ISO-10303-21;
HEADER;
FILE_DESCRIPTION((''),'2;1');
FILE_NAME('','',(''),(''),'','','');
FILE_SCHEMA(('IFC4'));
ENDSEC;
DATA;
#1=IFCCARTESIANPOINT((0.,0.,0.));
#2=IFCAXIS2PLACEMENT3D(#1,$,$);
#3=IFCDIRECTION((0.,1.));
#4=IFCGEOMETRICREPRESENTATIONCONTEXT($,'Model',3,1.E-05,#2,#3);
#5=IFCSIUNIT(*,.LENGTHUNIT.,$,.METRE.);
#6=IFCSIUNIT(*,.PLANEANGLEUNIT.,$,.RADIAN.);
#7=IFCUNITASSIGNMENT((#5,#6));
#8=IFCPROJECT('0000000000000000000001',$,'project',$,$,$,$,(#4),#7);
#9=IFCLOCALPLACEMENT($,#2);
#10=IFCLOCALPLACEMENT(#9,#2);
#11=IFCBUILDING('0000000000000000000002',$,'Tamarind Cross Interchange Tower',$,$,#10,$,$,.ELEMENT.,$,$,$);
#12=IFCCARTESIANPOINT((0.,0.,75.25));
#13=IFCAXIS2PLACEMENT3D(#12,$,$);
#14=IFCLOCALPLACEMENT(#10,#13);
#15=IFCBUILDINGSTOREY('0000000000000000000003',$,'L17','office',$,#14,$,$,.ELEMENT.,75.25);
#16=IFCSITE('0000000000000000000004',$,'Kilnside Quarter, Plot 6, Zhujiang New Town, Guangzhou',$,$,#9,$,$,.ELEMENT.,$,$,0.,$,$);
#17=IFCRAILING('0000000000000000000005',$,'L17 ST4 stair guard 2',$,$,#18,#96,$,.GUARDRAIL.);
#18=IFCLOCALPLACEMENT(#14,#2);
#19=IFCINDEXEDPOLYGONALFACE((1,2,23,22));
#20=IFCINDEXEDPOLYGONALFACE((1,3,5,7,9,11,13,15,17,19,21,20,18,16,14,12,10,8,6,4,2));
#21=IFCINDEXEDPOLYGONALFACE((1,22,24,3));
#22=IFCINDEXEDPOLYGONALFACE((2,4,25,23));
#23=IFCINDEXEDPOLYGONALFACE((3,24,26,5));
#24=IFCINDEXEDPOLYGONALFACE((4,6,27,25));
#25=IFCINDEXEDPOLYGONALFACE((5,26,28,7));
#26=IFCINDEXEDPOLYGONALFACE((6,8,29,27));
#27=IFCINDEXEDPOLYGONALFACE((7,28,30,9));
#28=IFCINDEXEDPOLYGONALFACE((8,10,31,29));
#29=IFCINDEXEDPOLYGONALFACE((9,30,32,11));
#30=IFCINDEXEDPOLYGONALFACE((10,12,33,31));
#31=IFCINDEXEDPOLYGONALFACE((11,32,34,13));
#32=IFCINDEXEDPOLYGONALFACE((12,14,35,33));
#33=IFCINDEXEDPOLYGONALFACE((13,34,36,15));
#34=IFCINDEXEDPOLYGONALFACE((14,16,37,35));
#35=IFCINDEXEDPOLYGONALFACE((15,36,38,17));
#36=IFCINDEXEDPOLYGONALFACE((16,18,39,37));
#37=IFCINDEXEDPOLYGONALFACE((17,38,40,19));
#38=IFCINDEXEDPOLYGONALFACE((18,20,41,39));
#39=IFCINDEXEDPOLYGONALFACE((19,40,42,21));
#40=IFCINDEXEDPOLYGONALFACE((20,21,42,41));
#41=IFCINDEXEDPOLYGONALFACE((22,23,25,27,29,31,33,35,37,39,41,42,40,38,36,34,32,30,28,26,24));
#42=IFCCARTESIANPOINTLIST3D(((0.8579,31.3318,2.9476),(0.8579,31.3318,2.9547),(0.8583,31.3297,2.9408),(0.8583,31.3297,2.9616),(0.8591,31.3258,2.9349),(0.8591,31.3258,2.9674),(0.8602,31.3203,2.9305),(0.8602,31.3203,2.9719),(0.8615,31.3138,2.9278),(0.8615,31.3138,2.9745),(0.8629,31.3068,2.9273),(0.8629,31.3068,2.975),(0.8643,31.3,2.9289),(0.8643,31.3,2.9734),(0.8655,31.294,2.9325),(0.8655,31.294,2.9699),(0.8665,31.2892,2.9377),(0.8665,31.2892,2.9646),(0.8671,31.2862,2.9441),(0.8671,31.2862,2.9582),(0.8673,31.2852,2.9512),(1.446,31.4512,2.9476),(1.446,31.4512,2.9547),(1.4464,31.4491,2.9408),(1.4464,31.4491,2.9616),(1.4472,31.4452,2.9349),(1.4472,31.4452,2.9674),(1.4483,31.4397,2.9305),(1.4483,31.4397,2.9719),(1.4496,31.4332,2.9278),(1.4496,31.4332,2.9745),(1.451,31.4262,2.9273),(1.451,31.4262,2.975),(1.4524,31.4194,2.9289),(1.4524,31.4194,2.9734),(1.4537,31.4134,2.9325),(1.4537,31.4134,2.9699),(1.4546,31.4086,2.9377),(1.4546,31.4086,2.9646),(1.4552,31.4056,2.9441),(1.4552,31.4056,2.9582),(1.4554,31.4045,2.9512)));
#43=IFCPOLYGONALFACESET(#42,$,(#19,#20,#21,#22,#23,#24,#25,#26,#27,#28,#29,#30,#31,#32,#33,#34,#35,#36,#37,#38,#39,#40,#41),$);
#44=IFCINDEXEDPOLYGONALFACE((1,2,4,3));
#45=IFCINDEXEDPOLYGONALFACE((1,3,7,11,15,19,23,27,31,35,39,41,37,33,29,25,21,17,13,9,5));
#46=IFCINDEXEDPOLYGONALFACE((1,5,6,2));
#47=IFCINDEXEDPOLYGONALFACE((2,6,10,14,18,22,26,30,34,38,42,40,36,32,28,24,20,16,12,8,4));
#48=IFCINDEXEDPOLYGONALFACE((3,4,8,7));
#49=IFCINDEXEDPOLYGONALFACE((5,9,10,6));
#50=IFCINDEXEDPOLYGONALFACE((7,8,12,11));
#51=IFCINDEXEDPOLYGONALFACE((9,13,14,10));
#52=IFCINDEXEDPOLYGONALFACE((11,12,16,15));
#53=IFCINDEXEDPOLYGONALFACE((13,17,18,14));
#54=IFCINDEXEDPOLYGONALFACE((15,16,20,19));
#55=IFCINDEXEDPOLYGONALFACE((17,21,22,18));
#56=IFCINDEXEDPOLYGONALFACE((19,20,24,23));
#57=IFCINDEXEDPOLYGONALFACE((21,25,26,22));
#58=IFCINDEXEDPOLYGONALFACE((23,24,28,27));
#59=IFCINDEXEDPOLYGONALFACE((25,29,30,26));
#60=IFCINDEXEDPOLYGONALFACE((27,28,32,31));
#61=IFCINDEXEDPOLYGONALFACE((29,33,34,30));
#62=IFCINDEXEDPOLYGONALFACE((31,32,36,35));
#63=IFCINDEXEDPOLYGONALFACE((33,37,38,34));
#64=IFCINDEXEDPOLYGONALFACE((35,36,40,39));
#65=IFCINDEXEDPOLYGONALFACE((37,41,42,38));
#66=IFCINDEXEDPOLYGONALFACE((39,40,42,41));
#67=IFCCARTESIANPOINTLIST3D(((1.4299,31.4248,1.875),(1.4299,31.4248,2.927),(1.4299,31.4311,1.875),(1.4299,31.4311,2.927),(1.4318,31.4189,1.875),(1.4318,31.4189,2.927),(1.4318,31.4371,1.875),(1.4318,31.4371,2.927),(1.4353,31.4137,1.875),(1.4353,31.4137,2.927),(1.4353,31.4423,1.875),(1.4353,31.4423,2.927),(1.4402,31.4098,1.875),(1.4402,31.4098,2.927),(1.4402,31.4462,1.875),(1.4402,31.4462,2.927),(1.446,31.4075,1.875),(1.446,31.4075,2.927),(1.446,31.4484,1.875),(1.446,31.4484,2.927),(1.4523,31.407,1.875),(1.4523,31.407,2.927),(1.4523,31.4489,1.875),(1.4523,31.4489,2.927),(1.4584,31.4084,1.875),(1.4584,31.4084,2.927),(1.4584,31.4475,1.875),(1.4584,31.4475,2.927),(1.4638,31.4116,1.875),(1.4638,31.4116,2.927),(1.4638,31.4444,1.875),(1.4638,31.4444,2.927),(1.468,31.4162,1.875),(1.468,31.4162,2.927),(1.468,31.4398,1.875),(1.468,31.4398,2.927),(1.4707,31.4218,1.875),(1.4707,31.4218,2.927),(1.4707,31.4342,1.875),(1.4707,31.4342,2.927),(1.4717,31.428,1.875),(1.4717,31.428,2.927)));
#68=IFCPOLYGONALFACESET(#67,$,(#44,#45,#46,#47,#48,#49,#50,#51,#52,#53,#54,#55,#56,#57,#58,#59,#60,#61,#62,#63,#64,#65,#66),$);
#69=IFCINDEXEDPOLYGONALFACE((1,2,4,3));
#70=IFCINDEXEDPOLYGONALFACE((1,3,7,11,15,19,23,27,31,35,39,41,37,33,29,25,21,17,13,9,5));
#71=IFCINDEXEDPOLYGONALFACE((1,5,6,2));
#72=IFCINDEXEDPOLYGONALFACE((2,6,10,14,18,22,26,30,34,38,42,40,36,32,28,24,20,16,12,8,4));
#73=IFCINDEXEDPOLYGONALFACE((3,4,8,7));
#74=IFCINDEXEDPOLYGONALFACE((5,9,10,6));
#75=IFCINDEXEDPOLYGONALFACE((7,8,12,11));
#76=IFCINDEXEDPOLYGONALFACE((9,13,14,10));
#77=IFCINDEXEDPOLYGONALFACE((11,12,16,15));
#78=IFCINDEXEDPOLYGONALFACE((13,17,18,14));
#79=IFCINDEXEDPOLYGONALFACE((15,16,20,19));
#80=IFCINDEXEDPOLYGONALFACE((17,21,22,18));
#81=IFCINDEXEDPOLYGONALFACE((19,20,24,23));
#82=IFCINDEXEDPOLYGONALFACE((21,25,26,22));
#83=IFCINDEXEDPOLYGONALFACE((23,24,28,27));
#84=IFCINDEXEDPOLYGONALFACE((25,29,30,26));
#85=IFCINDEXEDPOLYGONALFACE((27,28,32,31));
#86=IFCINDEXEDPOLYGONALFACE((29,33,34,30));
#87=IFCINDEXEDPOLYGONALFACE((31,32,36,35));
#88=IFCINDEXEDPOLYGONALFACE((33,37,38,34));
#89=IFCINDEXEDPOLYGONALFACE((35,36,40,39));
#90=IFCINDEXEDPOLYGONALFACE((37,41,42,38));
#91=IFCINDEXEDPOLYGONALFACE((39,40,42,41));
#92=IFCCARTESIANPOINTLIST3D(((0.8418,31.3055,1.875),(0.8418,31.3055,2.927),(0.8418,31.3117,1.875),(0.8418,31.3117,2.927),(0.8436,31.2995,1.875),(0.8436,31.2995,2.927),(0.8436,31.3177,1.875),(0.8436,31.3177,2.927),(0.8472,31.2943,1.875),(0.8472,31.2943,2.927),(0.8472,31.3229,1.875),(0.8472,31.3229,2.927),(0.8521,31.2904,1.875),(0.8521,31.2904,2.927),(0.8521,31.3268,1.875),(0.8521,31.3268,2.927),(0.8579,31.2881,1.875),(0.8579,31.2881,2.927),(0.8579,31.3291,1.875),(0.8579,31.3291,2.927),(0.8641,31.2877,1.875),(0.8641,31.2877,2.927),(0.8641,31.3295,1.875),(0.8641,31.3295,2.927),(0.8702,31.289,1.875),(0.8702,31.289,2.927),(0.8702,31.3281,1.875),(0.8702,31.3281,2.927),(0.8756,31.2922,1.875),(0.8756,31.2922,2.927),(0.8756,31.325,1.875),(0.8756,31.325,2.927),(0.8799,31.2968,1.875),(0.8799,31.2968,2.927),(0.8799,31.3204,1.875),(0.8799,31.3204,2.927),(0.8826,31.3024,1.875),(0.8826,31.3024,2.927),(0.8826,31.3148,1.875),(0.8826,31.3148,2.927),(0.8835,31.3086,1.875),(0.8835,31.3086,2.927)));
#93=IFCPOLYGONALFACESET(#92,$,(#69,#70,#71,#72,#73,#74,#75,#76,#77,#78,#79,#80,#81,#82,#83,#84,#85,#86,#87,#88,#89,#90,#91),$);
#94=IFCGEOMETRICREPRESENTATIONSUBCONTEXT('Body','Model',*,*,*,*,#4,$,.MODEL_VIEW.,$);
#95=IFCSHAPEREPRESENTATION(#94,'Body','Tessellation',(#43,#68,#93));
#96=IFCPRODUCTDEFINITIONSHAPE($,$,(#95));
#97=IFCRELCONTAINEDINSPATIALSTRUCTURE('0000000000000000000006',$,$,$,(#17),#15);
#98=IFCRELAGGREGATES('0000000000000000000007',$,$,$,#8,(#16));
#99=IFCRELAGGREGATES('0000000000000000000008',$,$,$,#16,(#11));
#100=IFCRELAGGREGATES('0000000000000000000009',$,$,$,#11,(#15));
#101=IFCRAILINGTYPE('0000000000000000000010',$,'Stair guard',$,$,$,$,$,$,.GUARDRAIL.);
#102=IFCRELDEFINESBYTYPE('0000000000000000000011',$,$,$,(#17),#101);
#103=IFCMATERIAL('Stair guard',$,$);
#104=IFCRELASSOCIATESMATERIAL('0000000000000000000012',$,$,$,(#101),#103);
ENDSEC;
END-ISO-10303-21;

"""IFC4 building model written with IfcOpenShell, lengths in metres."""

from ifc_helpers import new_model, si_unit, direction, frame, origin, origin_2d, place, context, subcontext, project, spatial, circle, extrude, material, type_object, element, save


model = new_model("IFC4")

# Units and contexts
model_context = context("Model", 3, precision=1e-05, world=origin(), true_north=direction((0.0, 1.0)))
body_context = subcontext(model_context, "Body", "Model", "MODEL_VIEW")
ifc_project = project(units=[si_unit("LENGTHUNIT", "METRE"), si_unit("PLANEANGLEUNIT", "RADIAN")], contexts=[model_context])

# Site, building, storey
site_placement = place(None, origin())
site = spatial("IfcSite", under=ifc_project, at=site_placement, Name="Kilnside Quarter, Plot 6, Zhujiang New Town, Guangzhou", CompositionType="ELEMENT", RefElevation=0.0)
building_placement = place(site_placement, origin())
building = spatial("IfcBuilding", under=site, at=building_placement, Name="Tamarind Cross Interchange Tower", CompositionType="ELEMENT")
storey_placement = place(building_placement, frame((0.0, 0.0, 75.25)))
storey = spatial("IfcBuildingStorey", under=building, at=storey_placement, Name="L17", Description="office", CompositionType="ELEMENT", Elevation=75.25)

# Railing
ifc_material_1 = material(Name="Stair guard")
railing_type_1 = type_object("IfcRailingType", Name="Stair guard", PredefinedType="GUARDRAIL", material=ifc_material_1)
railing_1_placement = place(storey_placement, frame((1.4507, 31.428, 1.875)))
element("IfcRailing", 1, at=railing_1_placement, inside=storey, type_object=railing_type_1, Name="L17 ST4 stair guard 2", PredefinedType="GUARDRAIL", context=body_context, shape_type="SweptSolid", body=[
    extrude(circle(Radius=0.0239, at=origin_2d()), frame((0.0, 0.0, 1.0762), z_axis=(-0.980013, -0.198932, 0.0), x_axis=(0.198932, -0.980013, 0.0)), (0.0, 0.0, 1.0), 0.6001),
    extrude(circle(Radius=0.021, at=origin_2d()), origin(), (0.0, 0.0, 1.0), 1.052),
    extrude(circle(Radius=0.021, at=origin_2d()), frame((-0.5881, -0.1194, 0.0)), (0.0, 0.0, 1.0), 1.052),
])

save(model, "model.ifc")
